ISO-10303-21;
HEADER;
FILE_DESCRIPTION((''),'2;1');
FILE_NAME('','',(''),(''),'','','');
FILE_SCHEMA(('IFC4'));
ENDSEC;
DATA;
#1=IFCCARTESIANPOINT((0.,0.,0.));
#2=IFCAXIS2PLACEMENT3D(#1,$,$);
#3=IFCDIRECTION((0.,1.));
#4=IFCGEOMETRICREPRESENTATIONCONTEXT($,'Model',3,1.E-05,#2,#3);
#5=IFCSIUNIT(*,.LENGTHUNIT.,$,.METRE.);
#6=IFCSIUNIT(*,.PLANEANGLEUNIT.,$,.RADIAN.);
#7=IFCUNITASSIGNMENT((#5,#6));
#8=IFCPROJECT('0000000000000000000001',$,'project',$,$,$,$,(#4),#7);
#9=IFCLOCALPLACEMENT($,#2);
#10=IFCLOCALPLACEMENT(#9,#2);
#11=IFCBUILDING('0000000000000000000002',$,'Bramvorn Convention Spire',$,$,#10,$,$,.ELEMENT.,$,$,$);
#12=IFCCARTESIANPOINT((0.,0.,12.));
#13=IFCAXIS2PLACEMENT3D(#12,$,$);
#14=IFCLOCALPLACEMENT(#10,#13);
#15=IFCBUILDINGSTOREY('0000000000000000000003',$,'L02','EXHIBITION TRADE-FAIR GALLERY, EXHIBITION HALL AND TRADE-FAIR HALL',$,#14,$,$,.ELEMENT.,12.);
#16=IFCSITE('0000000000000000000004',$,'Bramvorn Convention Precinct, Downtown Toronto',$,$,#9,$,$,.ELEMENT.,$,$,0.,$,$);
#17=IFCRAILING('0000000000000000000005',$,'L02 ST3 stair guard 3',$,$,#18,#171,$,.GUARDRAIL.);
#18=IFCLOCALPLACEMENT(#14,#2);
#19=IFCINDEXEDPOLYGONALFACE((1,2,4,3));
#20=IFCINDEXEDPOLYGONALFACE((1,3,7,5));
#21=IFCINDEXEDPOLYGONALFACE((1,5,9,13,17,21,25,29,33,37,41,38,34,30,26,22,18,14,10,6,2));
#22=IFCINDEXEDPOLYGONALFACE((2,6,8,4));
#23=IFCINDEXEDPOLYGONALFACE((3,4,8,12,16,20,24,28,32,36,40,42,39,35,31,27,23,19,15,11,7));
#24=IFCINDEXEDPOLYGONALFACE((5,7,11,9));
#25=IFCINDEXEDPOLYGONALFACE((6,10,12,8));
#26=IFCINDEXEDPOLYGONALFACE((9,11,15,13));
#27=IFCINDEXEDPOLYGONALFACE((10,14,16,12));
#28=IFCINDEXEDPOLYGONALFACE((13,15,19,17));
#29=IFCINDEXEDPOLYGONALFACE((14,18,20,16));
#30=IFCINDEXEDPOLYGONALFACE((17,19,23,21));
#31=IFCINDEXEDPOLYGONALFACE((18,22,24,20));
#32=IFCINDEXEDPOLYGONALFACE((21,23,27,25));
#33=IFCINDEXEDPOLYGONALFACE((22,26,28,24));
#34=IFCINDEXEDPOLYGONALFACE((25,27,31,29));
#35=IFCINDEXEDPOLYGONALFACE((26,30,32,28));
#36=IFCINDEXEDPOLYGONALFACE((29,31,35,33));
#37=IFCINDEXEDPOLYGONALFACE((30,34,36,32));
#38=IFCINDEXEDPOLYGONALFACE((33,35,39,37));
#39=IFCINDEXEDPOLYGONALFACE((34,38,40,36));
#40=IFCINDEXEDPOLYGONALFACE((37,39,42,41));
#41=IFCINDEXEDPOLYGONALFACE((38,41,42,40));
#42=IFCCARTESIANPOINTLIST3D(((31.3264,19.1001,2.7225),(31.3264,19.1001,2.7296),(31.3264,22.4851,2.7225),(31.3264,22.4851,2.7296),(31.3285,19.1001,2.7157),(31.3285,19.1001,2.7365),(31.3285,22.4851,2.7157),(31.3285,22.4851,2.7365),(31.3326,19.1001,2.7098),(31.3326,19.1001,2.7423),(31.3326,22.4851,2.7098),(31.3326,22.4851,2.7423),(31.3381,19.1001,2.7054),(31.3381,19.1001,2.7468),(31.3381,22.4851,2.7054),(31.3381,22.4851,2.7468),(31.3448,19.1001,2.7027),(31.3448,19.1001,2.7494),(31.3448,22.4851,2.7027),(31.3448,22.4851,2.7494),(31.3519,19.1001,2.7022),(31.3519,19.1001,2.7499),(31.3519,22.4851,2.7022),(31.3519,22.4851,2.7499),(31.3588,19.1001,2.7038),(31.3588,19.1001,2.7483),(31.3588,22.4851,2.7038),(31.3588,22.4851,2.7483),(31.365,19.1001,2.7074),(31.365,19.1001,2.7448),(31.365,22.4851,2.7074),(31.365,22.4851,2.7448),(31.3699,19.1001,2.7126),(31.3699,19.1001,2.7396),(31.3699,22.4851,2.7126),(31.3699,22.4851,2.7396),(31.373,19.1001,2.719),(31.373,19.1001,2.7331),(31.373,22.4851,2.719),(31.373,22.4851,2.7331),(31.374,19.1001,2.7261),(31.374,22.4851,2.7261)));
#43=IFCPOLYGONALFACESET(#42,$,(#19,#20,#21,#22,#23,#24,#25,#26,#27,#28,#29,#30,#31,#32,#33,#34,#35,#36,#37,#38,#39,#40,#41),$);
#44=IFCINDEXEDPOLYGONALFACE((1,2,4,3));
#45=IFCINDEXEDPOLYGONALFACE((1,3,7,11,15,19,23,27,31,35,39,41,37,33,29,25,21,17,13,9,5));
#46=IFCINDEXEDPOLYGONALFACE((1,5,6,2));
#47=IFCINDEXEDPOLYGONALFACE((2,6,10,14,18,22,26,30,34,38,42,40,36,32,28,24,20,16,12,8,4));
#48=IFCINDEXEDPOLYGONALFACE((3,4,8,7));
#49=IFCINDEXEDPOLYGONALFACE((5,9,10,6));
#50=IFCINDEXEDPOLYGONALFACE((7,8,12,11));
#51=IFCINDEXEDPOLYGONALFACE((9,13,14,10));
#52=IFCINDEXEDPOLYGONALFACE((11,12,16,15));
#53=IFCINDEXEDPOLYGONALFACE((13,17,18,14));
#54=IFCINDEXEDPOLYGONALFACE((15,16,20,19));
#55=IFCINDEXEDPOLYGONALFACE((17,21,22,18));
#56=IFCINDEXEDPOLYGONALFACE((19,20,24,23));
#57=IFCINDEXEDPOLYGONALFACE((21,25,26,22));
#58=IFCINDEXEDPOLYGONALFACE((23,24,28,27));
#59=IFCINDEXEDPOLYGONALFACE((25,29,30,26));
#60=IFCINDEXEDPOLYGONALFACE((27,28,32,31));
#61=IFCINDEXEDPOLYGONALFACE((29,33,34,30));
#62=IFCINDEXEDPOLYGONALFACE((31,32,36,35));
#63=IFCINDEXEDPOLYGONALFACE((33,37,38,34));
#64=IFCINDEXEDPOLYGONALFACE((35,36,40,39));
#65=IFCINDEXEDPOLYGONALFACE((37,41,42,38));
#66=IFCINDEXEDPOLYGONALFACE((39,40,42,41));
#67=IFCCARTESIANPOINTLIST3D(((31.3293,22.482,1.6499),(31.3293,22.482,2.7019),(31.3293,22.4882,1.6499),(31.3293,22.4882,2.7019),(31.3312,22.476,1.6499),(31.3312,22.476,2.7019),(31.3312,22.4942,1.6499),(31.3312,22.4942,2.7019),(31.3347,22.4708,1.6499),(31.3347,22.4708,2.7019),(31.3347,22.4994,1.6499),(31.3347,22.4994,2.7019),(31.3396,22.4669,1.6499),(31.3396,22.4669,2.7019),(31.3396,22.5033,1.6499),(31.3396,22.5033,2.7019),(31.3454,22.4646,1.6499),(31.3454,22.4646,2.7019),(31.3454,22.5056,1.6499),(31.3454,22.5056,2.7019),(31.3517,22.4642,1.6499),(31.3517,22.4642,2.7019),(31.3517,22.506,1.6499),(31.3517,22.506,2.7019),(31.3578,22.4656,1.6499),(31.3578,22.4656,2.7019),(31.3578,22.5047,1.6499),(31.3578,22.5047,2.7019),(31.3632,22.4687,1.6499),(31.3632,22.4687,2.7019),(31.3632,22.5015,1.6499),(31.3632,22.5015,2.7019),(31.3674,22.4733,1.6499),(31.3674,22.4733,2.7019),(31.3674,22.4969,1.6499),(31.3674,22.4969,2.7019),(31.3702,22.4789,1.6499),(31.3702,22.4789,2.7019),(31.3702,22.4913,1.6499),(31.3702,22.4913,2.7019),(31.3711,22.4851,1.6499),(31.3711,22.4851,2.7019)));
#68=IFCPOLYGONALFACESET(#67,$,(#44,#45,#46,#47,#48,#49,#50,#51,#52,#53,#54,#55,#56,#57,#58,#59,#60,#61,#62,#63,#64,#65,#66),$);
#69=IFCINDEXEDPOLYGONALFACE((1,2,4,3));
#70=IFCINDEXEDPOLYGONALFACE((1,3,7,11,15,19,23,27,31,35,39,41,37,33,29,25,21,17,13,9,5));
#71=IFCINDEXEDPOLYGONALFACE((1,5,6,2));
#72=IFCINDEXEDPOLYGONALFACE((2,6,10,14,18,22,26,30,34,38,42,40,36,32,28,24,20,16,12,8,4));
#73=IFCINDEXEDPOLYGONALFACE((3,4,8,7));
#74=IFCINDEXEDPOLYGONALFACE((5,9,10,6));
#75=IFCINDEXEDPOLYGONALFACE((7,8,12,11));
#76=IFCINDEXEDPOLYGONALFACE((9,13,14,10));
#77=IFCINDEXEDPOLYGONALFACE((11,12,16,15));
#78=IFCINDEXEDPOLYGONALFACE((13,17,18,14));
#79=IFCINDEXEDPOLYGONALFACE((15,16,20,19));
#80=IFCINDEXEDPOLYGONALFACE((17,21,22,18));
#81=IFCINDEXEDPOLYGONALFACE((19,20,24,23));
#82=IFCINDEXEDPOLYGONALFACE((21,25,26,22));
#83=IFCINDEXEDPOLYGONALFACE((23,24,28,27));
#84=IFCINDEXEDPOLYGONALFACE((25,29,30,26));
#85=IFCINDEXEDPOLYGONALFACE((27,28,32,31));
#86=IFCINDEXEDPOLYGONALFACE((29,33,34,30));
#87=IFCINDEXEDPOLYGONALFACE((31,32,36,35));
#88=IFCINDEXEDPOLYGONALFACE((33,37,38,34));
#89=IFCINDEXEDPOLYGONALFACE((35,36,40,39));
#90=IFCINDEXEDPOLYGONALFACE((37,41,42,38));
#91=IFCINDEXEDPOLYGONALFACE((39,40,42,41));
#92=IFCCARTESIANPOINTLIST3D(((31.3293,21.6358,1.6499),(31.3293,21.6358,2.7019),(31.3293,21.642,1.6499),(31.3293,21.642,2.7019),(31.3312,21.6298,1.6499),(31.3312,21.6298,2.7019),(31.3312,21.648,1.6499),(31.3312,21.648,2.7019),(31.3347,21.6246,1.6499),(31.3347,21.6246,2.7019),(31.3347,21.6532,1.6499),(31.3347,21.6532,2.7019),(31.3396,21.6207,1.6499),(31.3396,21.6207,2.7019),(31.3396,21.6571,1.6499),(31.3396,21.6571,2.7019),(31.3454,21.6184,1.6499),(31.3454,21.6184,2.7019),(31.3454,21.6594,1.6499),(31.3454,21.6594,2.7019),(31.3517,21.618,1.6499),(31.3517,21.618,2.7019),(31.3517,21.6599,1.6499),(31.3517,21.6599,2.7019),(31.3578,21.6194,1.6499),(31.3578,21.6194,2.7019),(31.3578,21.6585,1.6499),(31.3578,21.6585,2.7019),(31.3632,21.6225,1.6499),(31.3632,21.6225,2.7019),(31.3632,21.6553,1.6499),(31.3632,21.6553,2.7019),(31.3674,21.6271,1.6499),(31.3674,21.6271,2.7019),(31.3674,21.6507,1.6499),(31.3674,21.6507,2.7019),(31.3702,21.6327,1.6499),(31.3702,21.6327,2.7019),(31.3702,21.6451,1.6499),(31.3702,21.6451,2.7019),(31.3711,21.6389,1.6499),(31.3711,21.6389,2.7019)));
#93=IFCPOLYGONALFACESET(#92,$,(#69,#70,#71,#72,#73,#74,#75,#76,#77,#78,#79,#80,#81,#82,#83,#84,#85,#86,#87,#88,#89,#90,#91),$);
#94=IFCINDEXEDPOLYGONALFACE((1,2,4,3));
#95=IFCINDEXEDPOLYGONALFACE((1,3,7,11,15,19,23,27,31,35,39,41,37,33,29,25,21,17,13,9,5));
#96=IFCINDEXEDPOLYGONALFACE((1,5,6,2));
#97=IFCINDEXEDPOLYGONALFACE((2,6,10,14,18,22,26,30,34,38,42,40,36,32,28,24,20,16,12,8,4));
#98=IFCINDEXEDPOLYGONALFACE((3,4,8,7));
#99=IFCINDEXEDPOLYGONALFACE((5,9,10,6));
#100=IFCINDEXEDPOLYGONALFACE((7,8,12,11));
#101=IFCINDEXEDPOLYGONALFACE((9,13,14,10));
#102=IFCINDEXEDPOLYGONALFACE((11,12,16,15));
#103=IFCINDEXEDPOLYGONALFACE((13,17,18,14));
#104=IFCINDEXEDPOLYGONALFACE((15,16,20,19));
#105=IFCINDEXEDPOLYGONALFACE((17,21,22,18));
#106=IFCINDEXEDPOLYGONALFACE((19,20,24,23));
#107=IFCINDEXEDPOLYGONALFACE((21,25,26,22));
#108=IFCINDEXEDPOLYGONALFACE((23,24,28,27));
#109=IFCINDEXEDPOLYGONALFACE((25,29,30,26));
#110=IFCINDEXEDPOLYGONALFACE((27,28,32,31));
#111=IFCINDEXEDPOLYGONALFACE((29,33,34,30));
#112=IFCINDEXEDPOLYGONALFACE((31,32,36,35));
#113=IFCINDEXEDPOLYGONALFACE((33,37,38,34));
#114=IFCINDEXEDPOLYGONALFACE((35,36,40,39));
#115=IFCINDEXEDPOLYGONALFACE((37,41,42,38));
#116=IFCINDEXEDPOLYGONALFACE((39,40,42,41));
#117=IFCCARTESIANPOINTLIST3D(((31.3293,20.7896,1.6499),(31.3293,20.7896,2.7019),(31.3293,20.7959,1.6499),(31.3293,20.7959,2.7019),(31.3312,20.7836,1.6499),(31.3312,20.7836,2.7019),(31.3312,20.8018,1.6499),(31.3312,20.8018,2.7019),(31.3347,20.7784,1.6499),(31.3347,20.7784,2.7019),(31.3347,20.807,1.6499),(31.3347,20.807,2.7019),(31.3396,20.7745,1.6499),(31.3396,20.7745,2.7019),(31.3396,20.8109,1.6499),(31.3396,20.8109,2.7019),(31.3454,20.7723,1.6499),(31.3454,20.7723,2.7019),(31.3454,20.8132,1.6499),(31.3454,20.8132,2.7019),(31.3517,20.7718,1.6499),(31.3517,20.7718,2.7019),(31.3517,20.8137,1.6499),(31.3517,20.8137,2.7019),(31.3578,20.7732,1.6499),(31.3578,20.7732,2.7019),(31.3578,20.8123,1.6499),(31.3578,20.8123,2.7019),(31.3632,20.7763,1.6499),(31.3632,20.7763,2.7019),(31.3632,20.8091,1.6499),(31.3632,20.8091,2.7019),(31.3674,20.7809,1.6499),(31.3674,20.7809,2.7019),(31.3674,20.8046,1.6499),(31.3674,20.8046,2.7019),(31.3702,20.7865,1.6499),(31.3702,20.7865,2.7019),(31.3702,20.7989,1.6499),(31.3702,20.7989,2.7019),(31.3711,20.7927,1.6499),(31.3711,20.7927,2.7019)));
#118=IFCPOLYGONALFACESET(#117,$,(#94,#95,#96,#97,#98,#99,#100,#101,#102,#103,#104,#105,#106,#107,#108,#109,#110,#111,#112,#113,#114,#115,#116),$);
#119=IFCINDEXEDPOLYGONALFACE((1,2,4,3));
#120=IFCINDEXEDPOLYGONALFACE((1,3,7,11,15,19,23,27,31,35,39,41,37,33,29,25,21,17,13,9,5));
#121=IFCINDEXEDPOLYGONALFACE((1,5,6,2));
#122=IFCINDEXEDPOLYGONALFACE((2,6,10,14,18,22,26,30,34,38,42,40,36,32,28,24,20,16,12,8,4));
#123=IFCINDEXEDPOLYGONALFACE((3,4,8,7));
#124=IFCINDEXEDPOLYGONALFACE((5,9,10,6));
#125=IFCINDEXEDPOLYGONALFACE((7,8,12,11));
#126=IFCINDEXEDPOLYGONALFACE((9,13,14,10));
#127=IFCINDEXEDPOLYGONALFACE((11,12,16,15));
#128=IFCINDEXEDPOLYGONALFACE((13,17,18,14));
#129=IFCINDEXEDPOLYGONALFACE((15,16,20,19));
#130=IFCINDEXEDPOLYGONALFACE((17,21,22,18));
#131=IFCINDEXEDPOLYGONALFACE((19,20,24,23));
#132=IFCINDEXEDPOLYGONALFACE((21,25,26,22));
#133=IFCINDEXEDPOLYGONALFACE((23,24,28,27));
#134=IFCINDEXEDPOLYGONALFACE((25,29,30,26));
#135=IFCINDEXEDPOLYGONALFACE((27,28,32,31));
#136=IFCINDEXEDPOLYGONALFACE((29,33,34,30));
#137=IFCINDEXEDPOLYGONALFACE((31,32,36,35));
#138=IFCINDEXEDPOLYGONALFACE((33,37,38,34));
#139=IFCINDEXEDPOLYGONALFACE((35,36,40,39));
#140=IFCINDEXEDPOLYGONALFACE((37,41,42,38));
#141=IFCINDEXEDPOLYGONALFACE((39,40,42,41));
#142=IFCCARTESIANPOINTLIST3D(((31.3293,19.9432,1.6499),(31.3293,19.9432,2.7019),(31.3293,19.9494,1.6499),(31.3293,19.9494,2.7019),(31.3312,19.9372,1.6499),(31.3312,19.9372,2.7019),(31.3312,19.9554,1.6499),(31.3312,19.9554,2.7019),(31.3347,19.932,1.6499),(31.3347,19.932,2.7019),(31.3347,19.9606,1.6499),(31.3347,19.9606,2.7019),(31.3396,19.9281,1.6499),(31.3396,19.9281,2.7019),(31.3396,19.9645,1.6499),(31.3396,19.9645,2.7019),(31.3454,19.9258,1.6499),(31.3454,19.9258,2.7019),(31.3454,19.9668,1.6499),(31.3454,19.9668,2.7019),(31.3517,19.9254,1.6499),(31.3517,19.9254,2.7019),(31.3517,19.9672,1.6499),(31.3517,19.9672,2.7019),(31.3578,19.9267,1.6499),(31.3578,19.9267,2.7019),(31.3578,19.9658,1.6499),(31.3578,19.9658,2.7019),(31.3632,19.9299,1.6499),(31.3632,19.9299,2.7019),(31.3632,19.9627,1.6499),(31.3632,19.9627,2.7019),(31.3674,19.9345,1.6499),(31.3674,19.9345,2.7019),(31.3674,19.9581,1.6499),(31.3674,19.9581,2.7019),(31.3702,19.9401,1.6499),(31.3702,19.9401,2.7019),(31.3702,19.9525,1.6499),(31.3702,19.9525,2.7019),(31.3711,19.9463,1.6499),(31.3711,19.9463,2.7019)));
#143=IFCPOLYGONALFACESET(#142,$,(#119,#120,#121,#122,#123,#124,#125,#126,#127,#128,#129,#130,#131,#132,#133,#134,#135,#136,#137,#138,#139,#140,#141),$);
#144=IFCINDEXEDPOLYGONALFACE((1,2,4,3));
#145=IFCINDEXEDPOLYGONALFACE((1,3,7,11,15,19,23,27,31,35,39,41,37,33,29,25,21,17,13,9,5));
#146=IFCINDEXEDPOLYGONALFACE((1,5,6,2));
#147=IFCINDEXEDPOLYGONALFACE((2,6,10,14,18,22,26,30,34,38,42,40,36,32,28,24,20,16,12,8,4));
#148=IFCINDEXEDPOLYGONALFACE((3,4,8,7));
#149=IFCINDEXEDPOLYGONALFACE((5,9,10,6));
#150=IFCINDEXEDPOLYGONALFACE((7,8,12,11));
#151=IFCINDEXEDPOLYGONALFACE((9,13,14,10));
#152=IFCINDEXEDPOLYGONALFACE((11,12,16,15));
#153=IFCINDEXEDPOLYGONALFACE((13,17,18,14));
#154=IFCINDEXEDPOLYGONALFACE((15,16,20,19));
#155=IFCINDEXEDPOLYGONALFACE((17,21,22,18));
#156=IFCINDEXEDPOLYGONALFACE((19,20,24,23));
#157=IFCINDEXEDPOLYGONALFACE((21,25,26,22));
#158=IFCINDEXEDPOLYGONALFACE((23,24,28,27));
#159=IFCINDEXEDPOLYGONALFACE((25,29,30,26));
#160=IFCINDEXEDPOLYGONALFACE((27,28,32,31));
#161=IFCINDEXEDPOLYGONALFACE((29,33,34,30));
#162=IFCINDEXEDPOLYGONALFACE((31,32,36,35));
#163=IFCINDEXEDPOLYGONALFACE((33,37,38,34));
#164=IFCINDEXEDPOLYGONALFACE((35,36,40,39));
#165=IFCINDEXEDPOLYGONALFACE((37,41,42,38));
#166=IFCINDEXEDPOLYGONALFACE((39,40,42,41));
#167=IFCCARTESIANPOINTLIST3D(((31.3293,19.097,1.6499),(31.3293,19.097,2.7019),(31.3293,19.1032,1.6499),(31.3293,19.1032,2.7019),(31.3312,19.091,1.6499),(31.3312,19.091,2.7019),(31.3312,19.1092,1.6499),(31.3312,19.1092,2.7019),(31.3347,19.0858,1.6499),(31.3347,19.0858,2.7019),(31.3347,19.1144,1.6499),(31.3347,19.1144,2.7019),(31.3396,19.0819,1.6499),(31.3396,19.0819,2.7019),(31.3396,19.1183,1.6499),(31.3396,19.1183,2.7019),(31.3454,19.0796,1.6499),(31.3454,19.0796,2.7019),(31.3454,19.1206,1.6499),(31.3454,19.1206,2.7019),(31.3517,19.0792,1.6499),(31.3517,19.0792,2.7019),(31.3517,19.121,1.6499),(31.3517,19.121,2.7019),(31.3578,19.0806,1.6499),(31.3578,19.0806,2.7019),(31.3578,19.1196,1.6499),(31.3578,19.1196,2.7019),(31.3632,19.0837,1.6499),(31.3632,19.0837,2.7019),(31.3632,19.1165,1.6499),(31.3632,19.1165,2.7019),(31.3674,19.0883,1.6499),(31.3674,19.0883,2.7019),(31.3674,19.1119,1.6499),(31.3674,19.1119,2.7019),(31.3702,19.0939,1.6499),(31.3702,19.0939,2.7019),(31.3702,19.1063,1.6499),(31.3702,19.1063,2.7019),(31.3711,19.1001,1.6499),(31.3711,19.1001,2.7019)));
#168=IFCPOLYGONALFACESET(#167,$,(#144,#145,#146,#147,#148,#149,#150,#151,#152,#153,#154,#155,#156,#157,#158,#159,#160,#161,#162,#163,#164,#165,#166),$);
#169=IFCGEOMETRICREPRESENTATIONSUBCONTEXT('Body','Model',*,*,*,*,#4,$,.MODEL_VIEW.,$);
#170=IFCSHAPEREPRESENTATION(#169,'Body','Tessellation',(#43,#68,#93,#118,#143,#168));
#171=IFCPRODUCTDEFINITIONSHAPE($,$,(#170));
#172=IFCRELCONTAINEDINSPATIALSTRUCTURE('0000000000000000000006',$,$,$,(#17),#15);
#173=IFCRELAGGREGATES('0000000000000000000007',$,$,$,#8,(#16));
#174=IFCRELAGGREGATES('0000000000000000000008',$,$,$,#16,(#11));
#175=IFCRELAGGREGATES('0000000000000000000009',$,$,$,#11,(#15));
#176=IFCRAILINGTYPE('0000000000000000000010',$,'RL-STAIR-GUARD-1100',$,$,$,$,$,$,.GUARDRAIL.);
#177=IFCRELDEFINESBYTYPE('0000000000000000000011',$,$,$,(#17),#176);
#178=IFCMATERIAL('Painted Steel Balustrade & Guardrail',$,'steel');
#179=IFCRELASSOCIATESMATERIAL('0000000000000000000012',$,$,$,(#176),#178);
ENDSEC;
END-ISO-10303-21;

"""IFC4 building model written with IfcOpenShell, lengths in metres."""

from ifc_helpers import new_model, si_unit, direction, frame, origin, origin_2d, place, context, subcontext, project, spatial, circle, extrude, material, type_object, element, save


model = new_model("IFC4")

# Units and contexts
model_context = context("Model", 3, precision=1e-05, world=origin(), true_north=direction((0.0, 1.0)))
body_context = subcontext(model_context, "Body", "Model", "MODEL_VIEW")
ifc_project = project(units=[si_unit("LENGTHUNIT", "METRE"), si_unit("PLANEANGLEUNIT", "RADIAN")], contexts=[model_context])

# Site, building, storey
site_placement = place(None, origin())
site = spatial("IfcSite", under=ifc_project, at=site_placement, Name="Bramvorn Convention Precinct, Downtown Toronto", CompositionType="ELEMENT", RefElevation=0.0)
building_placement = place(site_placement, origin())
building = spatial("IfcBuilding", under=site, at=building_placement, Name="Bramvorn Convention Spire", CompositionType="ELEMENT")
storey_placement = place(building_placement, frame((0.0, 0.0, 12.0)))
storey = spatial("IfcBuildingStorey", under=building, at=storey_placement, Name="L02", Description="EXHIBITION TRADE-FAIR GALLERY, EXHIBITION HALL AND TRADE-FAIR HALL", CompositionType="ELEMENT", Elevation=12.0)

# Railing
ifc_material_1 = material(Name="Painted Steel Balustrade & Guardrail", Category="steel")
railing_type_1 = type_object("IfcRailingType", Name="RL-STAIR-GUARD-1100", PredefinedType="GUARDRAIL", material=ifc_material_1)
for number, where, name in (
    (1, (31.3501, 22.4851, 1.6499), "L02 ST3 stair guard 3"),
):
    element("IfcRailing", number, at=place(storey_placement, frame(where)), inside=storey, type_object=railing_type_1, Name=name, PredefinedType="GUARDRAIL", context=body_context, shape_type="SweptSolid", body=[
        extrude(circle(Radius=0.0239, at=origin_2d()), frame((0.0, 0.0, 1.0762), z_axis=(0.0, -1.0, 0.0), x_axis=(1.0, 0.0, 0.0)), (0.0, 0.0, 1.0), 3.385),
        extrude(circle(Radius=0.021, at=origin_2d()), origin(), (0.0, 0.0, 1.0), 1.052),
        extrude(circle(Radius=0.021, at=origin_2d()), frame((0.0, -0.8462, 0.0)), (0.0, 0.0, 1.0), 1.052),
        extrude(circle(Radius=0.021, at=origin_2d()), frame((0.0, -1.6924, 0.0)), (0.0, 0.0, 1.0), 1.052),
        extrude(circle(Radius=0.021, at=origin_2d()), frame((0.0, -2.5388, 0.0)), (0.0, 0.0, 1.0), 1.052),
        extrude(circle(Radius=0.021, at=origin_2d()), frame((0.0, -3.385, 0.0)), (0.0, 0.0, 1.0), 1.052),
    ])

save(model, "model.ifc")
